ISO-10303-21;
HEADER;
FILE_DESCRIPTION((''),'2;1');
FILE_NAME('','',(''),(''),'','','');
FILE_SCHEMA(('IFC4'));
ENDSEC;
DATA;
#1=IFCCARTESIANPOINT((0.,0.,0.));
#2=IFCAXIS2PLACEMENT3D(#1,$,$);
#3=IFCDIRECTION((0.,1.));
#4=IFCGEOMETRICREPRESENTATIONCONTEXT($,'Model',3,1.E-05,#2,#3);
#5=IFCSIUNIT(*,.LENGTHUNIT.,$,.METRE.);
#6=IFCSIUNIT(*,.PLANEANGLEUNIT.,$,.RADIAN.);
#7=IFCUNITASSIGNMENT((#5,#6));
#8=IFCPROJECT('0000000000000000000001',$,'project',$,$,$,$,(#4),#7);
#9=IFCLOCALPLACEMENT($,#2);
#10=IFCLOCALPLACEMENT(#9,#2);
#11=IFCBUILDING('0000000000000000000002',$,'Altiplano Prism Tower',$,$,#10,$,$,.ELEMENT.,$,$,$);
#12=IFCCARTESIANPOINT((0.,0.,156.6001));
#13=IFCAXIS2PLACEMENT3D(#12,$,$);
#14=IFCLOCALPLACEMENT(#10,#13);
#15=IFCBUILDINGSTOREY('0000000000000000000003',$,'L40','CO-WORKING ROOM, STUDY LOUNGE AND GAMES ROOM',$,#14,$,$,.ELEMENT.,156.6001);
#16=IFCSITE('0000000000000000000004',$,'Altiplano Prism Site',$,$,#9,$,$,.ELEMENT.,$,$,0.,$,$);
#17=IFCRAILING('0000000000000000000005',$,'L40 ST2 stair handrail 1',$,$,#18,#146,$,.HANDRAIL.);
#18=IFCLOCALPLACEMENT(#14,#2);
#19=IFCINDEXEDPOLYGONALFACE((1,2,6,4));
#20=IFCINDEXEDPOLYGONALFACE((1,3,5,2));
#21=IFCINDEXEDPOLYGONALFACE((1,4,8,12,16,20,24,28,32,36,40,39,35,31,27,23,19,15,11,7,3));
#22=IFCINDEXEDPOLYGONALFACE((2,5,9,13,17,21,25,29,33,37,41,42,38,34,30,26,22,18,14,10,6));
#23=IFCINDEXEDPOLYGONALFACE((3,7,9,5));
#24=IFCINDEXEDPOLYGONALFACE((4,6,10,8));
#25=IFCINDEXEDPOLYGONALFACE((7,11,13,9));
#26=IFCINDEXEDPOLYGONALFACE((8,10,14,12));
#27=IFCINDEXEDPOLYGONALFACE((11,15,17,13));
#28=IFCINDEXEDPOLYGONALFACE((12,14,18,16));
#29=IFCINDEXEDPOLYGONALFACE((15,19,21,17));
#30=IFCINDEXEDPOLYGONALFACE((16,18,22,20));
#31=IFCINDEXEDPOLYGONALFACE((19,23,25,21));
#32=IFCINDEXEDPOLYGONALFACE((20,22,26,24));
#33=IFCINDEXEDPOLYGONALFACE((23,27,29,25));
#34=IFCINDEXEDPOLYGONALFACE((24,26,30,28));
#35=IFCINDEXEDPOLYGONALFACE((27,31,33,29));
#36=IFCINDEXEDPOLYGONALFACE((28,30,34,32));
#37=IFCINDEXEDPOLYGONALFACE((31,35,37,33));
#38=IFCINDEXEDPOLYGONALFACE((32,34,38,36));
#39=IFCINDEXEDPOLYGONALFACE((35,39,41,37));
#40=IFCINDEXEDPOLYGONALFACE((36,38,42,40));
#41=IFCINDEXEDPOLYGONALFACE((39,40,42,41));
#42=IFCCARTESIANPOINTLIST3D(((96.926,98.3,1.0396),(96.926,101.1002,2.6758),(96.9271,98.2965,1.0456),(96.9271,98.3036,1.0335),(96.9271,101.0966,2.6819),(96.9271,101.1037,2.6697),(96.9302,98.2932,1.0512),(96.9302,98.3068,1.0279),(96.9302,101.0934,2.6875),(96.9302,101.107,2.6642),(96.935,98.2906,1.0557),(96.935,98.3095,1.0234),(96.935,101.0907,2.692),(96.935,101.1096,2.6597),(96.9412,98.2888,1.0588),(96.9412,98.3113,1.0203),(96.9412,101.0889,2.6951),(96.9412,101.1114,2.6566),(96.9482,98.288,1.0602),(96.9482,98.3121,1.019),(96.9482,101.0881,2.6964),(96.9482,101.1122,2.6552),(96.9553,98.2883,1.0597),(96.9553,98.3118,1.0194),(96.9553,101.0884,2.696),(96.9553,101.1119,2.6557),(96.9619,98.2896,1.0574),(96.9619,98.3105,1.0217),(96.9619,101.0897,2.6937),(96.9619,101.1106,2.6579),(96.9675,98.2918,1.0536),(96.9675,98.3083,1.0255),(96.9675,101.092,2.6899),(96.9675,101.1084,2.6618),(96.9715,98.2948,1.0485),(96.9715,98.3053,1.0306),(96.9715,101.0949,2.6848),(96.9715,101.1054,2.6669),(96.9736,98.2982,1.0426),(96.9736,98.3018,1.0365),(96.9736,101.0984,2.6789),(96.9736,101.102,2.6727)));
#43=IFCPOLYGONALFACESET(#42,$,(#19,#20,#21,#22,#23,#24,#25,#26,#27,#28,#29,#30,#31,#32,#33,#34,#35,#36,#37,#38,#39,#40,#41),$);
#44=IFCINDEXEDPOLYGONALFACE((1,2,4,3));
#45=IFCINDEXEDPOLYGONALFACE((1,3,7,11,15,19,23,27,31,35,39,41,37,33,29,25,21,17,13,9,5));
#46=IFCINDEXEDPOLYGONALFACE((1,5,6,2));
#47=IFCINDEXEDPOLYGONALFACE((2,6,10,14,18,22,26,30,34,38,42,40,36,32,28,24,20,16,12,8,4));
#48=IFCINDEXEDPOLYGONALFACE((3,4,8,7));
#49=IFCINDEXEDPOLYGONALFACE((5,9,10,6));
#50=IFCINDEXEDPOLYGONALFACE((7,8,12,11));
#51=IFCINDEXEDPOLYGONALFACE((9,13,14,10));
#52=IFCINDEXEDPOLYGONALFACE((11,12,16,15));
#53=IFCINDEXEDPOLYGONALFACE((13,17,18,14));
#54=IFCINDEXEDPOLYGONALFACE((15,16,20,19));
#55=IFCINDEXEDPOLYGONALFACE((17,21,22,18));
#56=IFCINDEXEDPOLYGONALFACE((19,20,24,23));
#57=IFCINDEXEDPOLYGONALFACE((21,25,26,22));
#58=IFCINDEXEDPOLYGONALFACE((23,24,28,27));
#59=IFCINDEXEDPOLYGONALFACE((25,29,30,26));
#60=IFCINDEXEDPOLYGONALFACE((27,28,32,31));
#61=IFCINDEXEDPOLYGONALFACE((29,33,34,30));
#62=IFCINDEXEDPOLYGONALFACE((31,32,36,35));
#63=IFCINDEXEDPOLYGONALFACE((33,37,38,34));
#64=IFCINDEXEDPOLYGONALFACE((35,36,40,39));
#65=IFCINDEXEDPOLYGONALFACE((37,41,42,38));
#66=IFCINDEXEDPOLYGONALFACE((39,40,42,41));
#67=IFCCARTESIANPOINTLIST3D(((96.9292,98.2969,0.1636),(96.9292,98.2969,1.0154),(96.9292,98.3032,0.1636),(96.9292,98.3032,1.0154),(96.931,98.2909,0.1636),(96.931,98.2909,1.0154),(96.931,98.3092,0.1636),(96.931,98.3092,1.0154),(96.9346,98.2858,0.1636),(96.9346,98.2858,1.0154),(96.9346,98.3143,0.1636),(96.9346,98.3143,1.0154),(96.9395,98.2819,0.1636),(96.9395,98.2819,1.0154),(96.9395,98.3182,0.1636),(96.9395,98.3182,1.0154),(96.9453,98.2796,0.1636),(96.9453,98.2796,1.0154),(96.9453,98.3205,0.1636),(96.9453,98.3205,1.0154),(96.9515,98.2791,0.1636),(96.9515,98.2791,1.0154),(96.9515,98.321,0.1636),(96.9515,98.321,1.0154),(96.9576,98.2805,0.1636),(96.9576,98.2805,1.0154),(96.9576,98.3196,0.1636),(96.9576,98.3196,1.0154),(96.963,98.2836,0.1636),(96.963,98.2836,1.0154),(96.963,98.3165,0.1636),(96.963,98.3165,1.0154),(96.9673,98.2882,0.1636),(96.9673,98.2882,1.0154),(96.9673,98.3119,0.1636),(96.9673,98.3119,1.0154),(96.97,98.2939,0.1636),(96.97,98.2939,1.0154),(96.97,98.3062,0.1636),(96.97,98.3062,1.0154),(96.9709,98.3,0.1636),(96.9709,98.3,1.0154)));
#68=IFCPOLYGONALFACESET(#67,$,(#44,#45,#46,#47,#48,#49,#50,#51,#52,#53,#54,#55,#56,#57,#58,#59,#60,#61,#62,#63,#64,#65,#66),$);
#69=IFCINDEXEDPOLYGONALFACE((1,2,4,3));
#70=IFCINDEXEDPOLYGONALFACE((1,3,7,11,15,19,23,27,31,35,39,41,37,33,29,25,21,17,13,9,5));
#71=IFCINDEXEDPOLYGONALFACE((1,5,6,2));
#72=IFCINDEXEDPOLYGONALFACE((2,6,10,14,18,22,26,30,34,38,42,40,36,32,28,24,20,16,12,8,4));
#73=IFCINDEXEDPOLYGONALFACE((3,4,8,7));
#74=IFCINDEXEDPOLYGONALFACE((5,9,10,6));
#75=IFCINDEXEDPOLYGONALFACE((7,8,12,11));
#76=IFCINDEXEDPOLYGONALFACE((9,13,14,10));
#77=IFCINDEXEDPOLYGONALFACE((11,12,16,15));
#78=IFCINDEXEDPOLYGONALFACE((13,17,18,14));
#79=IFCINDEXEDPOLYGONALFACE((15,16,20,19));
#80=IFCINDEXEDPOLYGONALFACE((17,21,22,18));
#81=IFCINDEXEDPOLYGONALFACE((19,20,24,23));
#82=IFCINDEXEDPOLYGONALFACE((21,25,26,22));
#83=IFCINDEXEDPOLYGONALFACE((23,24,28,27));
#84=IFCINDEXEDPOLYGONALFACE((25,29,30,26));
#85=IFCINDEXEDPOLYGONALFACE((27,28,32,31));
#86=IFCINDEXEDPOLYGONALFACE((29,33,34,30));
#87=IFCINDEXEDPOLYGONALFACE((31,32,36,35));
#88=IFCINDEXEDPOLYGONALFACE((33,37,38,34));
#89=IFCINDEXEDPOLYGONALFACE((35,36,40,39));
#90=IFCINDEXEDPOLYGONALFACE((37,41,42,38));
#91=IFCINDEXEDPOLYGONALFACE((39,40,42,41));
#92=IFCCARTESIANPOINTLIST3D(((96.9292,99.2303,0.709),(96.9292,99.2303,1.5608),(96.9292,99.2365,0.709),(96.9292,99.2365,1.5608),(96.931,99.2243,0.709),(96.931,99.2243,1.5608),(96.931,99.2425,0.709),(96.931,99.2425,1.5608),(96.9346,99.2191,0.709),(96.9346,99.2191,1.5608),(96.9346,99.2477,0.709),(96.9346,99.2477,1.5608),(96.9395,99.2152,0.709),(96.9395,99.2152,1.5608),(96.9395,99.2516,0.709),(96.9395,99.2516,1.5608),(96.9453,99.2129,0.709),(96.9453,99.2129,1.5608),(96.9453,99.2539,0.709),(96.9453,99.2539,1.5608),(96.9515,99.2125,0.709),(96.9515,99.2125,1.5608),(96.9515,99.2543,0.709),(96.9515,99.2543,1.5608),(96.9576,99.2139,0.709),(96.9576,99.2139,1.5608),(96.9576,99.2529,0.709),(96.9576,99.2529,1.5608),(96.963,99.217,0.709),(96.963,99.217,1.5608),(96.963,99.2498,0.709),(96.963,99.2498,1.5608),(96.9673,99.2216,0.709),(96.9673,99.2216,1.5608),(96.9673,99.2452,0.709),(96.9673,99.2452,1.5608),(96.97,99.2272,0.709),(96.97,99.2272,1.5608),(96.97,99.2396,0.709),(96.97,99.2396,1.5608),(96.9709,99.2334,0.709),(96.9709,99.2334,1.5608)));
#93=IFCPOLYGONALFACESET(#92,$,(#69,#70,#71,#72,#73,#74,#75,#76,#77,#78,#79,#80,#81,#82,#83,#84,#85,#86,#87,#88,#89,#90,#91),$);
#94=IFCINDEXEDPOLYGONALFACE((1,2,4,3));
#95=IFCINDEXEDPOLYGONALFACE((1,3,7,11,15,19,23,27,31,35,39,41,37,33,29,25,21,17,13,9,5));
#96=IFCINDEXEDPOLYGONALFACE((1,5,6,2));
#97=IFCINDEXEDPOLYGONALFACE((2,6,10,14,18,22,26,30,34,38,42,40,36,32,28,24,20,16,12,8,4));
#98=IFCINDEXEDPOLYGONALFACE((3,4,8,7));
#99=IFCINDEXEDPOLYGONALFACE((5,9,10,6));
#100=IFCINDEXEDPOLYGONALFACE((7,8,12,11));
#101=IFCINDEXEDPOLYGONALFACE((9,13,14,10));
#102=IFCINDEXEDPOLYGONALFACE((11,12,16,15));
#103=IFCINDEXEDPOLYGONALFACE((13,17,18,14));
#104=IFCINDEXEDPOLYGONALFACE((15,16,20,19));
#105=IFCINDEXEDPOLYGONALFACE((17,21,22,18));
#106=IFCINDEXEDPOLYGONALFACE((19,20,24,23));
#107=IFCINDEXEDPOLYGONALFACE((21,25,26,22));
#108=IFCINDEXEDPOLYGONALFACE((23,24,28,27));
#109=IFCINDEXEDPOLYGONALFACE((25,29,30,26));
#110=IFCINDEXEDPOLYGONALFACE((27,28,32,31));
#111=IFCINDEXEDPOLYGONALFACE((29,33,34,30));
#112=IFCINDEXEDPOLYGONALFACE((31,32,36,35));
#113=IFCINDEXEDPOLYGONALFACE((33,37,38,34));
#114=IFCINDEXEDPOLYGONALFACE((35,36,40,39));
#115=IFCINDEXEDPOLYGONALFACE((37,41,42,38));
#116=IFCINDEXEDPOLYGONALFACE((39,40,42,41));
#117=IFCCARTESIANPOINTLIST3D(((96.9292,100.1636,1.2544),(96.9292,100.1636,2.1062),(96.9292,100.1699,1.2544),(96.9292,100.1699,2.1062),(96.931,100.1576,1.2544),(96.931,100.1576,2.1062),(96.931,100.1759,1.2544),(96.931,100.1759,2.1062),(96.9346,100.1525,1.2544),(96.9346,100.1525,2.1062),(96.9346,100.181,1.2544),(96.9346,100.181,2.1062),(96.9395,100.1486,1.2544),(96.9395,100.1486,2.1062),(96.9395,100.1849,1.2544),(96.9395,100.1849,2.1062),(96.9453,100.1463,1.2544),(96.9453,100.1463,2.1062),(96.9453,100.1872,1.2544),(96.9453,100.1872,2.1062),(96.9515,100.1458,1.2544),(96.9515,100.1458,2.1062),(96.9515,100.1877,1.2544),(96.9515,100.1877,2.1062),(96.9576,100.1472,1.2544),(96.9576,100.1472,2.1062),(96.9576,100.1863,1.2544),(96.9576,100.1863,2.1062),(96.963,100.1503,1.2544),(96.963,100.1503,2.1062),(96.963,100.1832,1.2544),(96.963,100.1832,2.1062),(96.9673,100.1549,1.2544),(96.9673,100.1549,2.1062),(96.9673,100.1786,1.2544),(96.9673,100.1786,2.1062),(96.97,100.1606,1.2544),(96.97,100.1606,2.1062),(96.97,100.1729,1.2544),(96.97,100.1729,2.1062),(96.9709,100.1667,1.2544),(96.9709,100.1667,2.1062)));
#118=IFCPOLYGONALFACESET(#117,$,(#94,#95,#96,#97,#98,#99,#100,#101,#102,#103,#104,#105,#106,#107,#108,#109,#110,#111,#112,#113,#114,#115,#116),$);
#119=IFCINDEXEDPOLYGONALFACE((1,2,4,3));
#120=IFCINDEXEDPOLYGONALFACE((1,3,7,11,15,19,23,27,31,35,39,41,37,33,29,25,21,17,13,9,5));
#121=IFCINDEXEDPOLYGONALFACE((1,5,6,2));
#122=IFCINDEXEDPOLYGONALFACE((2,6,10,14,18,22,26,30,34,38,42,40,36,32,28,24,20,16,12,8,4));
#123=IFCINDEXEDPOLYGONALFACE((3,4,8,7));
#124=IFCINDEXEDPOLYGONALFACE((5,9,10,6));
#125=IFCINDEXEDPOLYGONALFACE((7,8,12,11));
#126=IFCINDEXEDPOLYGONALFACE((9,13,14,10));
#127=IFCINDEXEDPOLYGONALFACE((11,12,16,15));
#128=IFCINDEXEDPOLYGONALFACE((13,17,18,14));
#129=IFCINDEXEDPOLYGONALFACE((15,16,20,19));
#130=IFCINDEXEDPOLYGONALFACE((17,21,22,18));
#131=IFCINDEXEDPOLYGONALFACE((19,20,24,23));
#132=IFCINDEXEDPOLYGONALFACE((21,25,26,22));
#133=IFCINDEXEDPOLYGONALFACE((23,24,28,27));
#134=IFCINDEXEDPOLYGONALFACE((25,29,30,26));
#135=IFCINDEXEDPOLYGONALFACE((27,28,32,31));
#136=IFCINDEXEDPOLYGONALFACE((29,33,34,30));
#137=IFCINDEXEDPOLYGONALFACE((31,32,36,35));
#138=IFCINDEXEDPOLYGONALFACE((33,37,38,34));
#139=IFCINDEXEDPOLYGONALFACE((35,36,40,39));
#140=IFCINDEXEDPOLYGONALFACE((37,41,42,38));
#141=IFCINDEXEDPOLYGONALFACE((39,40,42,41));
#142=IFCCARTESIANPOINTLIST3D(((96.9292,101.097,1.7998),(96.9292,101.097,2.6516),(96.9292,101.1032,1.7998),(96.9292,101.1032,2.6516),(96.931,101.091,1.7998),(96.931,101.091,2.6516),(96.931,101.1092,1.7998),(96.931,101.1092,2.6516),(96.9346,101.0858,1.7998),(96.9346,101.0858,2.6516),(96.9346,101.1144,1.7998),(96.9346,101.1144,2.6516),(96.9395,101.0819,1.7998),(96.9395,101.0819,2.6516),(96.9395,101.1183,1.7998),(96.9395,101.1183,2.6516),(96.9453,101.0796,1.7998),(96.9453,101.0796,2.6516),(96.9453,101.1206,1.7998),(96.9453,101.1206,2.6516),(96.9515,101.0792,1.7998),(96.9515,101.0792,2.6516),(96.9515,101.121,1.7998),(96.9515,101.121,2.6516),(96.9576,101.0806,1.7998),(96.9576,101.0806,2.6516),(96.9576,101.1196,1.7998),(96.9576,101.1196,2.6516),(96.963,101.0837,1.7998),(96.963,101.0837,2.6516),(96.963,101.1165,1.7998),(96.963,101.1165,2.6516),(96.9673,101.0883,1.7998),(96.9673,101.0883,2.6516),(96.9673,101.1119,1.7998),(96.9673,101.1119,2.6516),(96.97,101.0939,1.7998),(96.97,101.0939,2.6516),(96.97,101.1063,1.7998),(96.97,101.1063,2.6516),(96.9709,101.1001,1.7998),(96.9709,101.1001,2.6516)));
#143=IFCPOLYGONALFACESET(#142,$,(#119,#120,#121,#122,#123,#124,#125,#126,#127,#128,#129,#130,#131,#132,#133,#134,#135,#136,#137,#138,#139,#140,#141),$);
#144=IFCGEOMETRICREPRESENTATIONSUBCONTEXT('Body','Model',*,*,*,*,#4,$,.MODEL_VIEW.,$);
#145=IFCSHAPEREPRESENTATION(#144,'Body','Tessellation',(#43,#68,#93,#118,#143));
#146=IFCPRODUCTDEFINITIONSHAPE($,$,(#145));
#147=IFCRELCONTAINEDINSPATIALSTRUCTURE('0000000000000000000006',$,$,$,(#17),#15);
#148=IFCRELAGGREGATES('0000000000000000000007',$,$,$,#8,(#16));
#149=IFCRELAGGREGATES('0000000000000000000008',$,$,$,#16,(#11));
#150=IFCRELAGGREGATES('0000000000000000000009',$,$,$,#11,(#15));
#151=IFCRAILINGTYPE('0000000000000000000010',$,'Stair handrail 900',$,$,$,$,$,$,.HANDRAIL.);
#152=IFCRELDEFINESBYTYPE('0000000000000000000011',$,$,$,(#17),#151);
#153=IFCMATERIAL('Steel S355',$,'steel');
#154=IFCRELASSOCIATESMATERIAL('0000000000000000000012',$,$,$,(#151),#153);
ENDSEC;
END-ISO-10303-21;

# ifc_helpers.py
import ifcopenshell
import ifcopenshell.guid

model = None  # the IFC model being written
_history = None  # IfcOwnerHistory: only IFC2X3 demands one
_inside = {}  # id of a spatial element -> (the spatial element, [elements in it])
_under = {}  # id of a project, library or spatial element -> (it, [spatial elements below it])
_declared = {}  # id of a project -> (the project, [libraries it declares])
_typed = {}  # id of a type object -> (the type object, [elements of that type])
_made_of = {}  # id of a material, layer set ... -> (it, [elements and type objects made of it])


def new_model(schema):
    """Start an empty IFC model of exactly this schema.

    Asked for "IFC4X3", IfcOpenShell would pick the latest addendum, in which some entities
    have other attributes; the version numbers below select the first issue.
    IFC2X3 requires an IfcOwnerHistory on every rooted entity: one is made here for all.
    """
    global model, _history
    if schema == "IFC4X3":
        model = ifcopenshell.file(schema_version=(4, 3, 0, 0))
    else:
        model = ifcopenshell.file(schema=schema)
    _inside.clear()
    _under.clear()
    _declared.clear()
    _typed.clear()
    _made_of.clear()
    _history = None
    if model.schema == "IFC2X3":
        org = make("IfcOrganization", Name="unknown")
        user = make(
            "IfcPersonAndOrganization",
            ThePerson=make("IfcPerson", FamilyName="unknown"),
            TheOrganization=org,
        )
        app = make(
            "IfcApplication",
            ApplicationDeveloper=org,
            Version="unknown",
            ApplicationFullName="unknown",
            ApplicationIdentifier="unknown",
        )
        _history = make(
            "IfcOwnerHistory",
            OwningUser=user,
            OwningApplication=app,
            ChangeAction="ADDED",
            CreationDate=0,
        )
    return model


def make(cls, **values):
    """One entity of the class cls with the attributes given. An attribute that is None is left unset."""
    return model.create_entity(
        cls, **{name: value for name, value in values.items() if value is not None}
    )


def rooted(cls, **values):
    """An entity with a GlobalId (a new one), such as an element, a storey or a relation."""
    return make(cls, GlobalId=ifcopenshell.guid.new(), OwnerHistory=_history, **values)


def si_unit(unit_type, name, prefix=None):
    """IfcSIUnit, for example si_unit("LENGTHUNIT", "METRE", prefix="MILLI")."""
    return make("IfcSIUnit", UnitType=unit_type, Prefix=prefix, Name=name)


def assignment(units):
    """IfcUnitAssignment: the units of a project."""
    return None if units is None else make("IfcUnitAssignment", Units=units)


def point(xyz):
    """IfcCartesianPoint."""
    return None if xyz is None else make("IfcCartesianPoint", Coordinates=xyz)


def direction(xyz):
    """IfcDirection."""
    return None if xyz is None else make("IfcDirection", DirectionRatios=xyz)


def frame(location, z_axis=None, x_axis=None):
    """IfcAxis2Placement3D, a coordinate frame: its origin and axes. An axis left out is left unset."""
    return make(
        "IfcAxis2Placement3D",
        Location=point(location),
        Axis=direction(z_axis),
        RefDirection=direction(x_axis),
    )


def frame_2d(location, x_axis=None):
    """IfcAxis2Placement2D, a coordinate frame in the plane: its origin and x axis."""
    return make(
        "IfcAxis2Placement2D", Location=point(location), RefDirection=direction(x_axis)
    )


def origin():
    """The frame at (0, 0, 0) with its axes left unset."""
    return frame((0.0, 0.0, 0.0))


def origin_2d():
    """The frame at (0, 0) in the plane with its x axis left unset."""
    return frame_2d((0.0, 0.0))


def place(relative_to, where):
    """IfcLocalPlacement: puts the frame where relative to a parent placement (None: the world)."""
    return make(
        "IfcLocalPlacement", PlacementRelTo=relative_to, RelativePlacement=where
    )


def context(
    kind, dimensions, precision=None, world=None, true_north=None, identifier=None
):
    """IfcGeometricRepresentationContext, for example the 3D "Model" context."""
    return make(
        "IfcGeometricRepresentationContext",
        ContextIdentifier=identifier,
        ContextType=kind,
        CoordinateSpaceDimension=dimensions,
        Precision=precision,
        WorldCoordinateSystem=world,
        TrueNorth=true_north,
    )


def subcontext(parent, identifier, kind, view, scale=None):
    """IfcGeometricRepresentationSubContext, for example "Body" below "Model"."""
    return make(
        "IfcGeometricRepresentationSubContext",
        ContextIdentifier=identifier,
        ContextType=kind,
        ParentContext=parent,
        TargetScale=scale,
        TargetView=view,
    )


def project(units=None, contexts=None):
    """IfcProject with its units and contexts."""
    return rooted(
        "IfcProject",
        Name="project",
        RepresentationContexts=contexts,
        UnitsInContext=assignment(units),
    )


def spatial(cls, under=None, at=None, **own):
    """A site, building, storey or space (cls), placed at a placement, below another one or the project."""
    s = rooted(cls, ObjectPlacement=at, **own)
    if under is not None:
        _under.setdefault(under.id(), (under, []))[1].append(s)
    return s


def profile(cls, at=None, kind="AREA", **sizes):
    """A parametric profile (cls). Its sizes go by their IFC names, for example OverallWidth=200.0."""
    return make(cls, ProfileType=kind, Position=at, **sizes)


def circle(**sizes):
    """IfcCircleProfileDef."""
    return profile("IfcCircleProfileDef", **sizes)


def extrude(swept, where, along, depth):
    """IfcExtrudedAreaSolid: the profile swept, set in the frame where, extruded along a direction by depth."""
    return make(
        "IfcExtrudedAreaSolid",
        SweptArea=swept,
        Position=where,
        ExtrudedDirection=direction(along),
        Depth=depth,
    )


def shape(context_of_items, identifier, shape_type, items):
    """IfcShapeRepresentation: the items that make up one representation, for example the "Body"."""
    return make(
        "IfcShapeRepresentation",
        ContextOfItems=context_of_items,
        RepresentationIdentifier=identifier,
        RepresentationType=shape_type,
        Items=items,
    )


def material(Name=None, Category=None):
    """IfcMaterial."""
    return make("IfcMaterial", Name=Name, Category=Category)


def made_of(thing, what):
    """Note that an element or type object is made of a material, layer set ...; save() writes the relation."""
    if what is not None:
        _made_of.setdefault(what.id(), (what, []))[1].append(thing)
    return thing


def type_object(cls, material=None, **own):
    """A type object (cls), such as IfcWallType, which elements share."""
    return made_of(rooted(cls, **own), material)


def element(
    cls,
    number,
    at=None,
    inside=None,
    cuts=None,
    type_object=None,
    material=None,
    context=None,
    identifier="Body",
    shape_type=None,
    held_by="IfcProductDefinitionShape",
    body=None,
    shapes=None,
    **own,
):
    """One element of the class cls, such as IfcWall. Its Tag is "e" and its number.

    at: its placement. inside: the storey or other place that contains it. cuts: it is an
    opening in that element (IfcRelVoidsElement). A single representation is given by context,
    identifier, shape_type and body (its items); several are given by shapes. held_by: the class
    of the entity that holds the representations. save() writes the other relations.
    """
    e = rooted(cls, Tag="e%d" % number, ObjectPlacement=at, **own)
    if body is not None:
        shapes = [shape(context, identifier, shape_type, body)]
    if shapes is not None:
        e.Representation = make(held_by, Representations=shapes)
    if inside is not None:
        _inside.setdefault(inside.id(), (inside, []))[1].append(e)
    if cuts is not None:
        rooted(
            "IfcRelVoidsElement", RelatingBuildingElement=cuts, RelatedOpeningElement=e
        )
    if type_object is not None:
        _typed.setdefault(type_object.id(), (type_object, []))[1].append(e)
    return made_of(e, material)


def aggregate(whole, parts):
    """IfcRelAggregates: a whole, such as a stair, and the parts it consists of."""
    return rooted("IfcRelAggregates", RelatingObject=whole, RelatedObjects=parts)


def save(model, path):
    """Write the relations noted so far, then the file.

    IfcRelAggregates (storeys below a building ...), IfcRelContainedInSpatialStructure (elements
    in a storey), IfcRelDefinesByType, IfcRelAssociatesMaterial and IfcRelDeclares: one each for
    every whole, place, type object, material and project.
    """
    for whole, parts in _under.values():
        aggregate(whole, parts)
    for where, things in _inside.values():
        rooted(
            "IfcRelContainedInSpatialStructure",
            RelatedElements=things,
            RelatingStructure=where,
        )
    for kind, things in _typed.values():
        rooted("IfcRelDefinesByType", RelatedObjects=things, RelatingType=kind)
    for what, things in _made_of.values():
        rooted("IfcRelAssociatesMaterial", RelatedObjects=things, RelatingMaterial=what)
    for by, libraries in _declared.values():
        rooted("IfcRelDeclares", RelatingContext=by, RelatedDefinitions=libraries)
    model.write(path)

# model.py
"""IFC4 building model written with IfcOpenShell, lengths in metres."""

from ifc_helpers import new_model, si_unit, direction, frame, origin, origin_2d, place, context, subcontext, project, spatial, circle, extrude, material, type_object, element, save


model = new_model("IFC4")

# Units and contexts
model_context = context("Model", 3, precision=1e-05, world=origin(), true_north=direction((0.0, 1.0)))
body_context = subcontext(model_context, "Body", "Model", "MODEL_VIEW")
ifc_project = project(units=[si_unit("LENGTHUNIT", "METRE"), si_unit("PLANEANGLEUNIT", "RADIAN")], contexts=[model_context])

# Site, building, storey
site_placement = place(None, origin())
site = spatial("IfcSite", under=ifc_project, at=site_placement, Name="Altiplano Prism Site", CompositionType="ELEMENT", RefElevation=0.0)
building_placement = place(site_placement, origin())
building = spatial("IfcBuilding", under=site, at=building_placement, Name="Altiplano Prism Tower", CompositionType="ELEMENT")
storey_placement = place(building_placement, frame((0.0, 0.0, 156.6001)))
storey = spatial("IfcBuildingStorey", under=building, at=storey_placement, Name="L40", Description="CO-WORKING ROOM, STUDY LOUNGE AND GAMES ROOM", CompositionType="ELEMENT", Elevation=156.6001)

# Railing
ifc_material_1 = material(Name="Steel S355", Category="steel")
railing_type_1 = type_object("IfcRailingType", Name="Stair handrail 900", PredefinedType="HANDRAIL", material=ifc_material_1)
railing_1_placement = place(storey_placement, frame((96.95, 98.3, 0.1636)))
element("IfcRailing", 1, at=railing_1_placement, inside=storey, type_object=railing_type_1, Name="L40 ST2 stair handrail 1", PredefinedType="HANDRAIL", context=body_context, shape_type="SweptSolid", body=[
    extrude(circle(Radius=0.0239, at=origin_2d()), frame((0.0, 0.0, 0.876), z_axis=(0.0, 0.863394, 0.504531), x_axis=(-1.0, 0.0, 0.0)), (0.0, 0.0, 1.0), 3.2432),
    extrude(circle(Radius=0.021, at=origin_2d()), origin(), (0.0, 0.0, 1.0), 0.8518),
    extrude(circle(Radius=0.021, at=origin_2d()), frame((0.0, 0.9333, 0.5454)), (0.0, 0.0, 1.0), 0.8518),
    extrude(circle(Radius=0.021, at=origin_2d()), frame((0.0, 1.8667, 1.0908)), (0.0, 0.0, 1.0), 0.8518),
    extrude(circle(Radius=0.021, at=origin_2d()), frame((0.0, 2.8, 1.6362)), (0.0, 0.0, 1.0), 0.8518),
])

save(model, "model.ifc")
